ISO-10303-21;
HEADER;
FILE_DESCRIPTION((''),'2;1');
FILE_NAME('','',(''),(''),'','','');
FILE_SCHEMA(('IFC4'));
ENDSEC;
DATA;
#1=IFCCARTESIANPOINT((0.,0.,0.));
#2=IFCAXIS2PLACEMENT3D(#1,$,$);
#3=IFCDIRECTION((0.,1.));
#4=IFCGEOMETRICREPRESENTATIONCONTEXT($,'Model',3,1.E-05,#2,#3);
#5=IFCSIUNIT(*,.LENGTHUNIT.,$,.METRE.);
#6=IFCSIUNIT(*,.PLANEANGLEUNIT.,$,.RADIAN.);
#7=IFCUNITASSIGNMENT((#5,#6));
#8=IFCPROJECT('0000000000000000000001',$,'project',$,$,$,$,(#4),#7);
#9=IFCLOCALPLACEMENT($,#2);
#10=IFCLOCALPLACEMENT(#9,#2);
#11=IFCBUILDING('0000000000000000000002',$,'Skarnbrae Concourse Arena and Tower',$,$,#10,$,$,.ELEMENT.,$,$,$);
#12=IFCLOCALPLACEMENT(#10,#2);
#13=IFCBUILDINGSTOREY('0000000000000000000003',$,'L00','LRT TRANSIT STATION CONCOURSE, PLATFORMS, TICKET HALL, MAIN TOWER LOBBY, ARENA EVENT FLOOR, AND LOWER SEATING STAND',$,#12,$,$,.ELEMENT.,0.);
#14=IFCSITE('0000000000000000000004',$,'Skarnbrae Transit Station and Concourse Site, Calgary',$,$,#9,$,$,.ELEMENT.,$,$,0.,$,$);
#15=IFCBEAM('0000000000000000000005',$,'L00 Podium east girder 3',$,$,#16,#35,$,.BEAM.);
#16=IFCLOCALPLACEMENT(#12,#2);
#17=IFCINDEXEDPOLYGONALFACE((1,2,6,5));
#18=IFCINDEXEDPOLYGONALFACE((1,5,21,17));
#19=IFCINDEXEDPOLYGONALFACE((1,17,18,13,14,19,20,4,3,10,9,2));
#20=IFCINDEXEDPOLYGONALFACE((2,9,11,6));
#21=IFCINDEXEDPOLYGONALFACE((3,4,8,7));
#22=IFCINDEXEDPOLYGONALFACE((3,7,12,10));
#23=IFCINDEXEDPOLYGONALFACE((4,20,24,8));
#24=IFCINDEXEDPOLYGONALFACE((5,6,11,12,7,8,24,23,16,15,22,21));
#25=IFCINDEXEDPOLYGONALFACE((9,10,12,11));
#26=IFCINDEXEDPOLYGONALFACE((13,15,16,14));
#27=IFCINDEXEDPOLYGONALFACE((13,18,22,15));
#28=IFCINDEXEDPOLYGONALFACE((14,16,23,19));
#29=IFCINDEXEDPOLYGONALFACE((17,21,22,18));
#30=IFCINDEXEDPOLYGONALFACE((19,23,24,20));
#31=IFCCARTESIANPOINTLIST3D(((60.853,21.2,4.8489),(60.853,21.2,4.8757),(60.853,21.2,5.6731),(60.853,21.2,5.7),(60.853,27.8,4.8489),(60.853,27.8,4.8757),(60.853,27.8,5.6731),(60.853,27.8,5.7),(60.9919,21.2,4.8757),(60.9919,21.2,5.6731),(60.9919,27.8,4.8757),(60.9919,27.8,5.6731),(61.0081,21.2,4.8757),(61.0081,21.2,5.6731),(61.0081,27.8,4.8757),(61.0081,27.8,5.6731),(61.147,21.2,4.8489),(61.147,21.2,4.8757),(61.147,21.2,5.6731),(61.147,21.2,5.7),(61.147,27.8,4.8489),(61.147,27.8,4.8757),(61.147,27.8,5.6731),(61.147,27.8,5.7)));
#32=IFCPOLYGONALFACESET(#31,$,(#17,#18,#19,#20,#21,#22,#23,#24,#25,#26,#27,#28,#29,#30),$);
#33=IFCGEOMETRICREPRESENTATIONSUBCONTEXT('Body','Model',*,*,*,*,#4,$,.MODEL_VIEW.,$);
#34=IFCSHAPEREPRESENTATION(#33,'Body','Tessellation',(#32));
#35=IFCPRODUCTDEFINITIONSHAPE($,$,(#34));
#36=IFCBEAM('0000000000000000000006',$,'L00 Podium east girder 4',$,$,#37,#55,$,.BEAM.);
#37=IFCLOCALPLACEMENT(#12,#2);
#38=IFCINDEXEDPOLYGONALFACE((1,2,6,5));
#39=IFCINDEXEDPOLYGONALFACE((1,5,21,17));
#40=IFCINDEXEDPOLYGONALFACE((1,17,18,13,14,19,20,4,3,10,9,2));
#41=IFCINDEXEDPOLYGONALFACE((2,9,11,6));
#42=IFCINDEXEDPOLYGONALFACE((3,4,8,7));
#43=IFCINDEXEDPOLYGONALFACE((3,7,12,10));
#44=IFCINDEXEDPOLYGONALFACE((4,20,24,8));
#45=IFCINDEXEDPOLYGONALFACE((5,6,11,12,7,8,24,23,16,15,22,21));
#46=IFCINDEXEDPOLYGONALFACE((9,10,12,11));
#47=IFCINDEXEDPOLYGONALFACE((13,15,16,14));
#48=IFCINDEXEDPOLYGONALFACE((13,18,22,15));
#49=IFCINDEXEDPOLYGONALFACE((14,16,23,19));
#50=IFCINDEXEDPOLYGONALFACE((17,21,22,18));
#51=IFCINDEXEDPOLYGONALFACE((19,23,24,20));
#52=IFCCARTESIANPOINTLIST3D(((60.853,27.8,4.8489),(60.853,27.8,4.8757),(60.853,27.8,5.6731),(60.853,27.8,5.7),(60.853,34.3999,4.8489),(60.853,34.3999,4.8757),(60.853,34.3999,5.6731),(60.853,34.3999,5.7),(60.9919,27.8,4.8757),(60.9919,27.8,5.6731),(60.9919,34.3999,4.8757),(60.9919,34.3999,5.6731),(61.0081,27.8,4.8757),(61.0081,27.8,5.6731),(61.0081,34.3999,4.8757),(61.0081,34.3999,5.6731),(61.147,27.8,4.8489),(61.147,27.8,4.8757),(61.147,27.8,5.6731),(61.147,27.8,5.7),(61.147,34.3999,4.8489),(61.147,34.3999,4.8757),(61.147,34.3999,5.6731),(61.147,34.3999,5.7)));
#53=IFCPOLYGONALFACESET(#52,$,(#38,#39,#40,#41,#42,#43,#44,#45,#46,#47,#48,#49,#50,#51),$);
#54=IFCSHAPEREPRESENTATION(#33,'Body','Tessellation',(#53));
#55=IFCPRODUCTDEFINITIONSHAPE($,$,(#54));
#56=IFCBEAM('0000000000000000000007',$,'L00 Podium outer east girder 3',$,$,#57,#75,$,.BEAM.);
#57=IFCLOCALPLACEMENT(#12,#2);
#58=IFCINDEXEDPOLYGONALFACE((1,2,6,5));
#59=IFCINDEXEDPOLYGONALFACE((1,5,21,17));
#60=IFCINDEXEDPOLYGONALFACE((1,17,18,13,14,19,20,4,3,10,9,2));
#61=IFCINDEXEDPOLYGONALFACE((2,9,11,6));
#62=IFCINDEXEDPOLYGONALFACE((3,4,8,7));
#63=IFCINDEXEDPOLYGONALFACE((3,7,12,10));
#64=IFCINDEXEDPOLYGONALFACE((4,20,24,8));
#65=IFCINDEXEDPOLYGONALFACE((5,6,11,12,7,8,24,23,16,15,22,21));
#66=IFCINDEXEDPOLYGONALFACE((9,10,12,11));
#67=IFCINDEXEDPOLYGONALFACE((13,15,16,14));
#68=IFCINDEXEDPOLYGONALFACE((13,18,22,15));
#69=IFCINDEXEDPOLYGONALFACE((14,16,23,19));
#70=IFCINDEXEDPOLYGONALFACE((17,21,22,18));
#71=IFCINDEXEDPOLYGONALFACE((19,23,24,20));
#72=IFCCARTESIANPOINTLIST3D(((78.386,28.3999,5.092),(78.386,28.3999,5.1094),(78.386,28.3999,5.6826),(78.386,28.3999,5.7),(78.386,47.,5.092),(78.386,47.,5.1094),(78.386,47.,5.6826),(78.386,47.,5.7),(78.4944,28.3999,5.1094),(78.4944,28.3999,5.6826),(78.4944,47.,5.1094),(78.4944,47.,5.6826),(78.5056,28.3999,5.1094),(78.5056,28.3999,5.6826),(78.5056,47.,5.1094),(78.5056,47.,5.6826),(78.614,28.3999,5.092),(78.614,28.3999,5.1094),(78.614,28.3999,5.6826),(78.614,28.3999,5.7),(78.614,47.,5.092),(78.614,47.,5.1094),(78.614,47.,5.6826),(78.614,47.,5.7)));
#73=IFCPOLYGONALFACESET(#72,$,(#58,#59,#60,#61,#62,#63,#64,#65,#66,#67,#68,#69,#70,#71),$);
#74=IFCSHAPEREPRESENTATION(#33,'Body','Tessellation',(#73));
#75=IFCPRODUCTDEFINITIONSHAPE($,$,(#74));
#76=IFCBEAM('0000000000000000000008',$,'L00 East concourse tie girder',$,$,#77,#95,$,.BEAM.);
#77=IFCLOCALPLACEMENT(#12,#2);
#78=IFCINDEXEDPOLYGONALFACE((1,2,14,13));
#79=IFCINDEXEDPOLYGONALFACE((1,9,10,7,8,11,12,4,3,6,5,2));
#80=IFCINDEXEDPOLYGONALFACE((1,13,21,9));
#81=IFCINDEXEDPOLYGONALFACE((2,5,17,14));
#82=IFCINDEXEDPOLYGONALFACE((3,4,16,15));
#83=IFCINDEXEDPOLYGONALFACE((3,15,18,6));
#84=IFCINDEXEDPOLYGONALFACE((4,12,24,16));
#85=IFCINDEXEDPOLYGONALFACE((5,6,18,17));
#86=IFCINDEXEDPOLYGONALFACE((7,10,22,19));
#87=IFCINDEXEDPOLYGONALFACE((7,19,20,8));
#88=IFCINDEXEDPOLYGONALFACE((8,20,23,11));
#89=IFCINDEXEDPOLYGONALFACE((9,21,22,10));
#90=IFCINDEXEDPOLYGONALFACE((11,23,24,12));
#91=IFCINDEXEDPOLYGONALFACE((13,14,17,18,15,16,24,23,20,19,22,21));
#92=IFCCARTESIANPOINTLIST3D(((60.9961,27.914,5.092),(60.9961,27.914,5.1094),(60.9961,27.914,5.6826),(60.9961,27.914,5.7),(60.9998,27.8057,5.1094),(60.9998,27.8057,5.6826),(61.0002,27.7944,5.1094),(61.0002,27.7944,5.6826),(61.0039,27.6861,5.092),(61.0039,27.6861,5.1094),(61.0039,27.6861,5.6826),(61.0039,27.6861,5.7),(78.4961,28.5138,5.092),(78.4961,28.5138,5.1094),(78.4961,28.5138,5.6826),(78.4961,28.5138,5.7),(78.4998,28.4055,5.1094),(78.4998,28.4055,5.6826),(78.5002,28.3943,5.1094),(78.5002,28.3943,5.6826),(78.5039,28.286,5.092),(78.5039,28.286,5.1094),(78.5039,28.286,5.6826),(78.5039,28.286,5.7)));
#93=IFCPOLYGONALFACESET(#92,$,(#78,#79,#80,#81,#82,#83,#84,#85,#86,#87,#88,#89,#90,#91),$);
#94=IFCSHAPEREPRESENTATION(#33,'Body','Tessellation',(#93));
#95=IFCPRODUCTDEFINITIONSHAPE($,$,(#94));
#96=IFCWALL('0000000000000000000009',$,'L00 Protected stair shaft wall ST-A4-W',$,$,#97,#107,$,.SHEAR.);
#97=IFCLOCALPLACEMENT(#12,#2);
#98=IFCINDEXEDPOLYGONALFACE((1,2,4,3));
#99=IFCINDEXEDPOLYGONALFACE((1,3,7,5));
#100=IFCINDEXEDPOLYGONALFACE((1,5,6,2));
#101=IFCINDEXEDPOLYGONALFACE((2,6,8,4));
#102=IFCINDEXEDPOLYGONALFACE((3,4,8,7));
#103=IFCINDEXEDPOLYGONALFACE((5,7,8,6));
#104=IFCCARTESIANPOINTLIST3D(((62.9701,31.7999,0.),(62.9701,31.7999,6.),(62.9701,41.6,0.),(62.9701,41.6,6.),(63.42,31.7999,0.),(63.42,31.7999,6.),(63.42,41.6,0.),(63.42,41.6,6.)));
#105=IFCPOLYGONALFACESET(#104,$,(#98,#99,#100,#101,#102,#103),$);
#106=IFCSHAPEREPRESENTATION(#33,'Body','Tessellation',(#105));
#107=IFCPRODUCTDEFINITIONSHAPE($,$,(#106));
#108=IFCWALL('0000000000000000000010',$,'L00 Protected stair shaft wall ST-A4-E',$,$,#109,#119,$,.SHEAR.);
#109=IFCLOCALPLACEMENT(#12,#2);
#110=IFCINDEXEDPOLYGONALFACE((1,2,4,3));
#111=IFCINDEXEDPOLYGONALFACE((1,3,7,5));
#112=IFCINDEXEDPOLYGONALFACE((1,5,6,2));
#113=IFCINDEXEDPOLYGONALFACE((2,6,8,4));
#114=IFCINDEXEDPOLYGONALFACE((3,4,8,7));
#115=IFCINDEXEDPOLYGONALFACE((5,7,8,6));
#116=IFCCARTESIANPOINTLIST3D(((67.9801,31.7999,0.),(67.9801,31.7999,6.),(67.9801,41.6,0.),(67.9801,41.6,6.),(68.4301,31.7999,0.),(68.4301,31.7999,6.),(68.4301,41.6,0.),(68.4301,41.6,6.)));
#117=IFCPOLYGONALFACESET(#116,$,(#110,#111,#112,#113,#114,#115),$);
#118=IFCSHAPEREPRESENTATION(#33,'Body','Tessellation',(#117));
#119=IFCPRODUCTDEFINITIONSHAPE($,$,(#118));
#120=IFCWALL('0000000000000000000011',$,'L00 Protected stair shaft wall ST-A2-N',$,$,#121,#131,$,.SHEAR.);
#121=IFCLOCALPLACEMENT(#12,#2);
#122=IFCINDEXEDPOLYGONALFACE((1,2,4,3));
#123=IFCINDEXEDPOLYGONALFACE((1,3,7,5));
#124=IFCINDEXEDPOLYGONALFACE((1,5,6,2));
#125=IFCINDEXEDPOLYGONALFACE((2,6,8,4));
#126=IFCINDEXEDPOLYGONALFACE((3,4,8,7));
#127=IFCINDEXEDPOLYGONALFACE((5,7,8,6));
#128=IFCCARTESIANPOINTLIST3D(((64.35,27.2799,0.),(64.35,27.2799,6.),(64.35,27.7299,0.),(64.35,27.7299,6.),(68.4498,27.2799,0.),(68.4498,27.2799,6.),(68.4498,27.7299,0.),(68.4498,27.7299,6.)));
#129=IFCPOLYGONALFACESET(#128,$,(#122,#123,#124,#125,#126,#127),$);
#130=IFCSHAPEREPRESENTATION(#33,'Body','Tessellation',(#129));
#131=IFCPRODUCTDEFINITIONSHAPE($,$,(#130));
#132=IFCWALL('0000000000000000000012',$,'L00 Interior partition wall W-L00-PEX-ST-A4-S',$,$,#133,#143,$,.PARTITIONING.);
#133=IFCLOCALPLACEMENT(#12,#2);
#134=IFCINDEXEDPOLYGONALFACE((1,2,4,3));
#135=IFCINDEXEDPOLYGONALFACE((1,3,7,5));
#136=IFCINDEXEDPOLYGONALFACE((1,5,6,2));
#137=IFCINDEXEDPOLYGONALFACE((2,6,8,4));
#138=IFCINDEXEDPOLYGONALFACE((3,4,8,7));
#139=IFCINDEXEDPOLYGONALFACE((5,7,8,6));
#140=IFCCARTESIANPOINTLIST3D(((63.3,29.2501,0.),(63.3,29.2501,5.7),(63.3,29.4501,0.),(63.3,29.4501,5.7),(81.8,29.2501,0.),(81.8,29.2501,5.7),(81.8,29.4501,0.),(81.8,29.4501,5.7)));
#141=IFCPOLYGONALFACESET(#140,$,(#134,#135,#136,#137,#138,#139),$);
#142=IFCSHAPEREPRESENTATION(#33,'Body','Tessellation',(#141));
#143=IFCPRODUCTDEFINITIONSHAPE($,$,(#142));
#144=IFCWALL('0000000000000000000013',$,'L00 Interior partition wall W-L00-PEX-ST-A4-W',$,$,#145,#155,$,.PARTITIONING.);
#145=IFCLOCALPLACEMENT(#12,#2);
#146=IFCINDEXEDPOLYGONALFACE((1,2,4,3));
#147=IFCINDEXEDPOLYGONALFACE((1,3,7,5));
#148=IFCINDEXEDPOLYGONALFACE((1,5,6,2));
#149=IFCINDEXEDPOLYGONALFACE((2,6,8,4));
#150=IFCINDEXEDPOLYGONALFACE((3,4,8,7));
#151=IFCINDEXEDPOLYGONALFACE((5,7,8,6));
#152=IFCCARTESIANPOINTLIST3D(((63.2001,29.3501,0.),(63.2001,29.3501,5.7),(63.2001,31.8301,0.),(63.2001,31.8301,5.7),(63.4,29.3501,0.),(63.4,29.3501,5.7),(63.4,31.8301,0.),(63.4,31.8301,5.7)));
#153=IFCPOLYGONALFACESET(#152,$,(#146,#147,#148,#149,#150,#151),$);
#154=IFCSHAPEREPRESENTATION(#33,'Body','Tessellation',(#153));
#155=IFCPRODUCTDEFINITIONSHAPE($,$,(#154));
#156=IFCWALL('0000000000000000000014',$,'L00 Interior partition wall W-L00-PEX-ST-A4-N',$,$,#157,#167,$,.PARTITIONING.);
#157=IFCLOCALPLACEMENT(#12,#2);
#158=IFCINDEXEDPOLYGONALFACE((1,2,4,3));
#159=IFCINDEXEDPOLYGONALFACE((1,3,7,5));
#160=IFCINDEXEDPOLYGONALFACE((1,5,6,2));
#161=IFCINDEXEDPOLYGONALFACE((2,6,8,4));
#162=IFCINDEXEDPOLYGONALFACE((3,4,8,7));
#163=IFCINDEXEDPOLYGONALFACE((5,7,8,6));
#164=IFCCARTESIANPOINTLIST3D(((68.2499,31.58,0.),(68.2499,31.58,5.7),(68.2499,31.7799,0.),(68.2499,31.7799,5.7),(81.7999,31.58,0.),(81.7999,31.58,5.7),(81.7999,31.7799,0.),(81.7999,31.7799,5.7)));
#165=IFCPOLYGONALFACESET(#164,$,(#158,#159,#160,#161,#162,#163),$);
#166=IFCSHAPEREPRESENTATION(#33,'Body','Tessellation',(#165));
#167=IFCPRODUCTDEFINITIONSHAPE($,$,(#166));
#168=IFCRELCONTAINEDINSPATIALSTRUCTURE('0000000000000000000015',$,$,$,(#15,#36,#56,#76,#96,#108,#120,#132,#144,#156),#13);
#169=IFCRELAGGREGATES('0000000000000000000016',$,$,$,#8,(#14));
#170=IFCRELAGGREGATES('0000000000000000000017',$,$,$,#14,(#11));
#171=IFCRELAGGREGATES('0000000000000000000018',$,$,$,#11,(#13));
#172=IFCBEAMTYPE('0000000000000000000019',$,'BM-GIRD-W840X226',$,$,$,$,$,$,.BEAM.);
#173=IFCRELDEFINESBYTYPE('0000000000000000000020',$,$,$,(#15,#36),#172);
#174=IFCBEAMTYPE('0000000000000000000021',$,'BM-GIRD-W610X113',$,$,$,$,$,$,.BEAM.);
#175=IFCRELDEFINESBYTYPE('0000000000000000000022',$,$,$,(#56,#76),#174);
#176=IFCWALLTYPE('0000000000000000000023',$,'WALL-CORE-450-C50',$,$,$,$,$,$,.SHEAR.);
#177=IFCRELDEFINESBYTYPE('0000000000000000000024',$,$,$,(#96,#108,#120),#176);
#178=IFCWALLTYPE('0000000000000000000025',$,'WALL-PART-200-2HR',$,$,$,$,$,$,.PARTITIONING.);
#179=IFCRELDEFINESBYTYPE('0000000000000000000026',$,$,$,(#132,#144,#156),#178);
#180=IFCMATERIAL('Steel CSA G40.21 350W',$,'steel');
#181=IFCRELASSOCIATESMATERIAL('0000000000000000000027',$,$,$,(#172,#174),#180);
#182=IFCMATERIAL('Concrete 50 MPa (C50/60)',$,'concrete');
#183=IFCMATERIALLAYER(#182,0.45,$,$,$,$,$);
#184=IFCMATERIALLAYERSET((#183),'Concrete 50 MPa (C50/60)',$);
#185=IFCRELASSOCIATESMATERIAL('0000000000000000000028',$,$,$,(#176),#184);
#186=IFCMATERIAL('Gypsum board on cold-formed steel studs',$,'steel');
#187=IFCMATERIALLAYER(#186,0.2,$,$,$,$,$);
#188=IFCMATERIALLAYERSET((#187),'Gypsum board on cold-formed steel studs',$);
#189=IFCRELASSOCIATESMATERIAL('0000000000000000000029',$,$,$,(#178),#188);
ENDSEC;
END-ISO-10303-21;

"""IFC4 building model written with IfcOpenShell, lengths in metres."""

from ifc_helpers import new_model, si_unit, direction, frame, frame_2d, origin, origin_2d, place, context, subcontext, project, spatial, rectangle, i_section, extrude, source, transform, mapped, material, layer, layer_set, material_profile, profile_set, type_object, element, save


model = new_model("IFC4")

# Units and contexts
model_context = context("Model", 3, precision=1e-05, world=origin(), true_north=direction((0.0, 1.0)))
body_context = subcontext(model_context, "Body", "Model", "MODEL_VIEW")
ifc_project = project(units=[si_unit("LENGTHUNIT", "METRE"), si_unit("PLANEANGLEUNIT", "RADIAN")], contexts=[model_context])

# Site, building, storey
site_placement = place(None, origin())
site = spatial("IfcSite", under=ifc_project, at=site_placement, Name="Skarnbrae Transit Station and Concourse Site, Calgary", CompositionType="ELEMENT", RefElevation=0.0)
building_placement = place(site_placement, origin())
building = spatial("IfcBuilding", under=site, at=building_placement, Name="Skarnbrae Concourse Arena and Tower", CompositionType="ELEMENT")
storey_placement = place(building_placement, origin())
storey = spatial("IfcBuildingStorey", under=building, at=storey_placement, Name="L00", Description="LRT TRANSIT STATION CONCOURSE, PLATFORMS, TICKET HALL, MAIN TOWER LOBBY, ARENA EVENT FLOOR, AND LOWER SEATING STAND", CompositionType="ELEMENT", Elevation=0.0)

# Shared definitions
ifc_material_1 = material(Name="Steel CSA G40.21 350W", Category="steel")

# Beams
ifc_material_profile_1 = material_profile(ifc_material_1, i_section(OverallWidth=0.2939, OverallDepth=0.8511, WebThickness=0.0161, FlangeThickness=0.0269, at=origin_2d()), Name="W840X226")
ifc_profile_set_1 = profile_set([ifc_material_profile_1], Name="Steel CSA G40.21 350W")
beam_type_1 = type_object("IfcBeamType", Name="BM-GIRD-W840X226", PredefinedType="BEAM", material=ifc_profile_set_1)
shared_shape_1 = source(origin(), body_context, "Body", "SweptSolid", [
    extrude(i_section(OverallWidth=0.2939, OverallDepth=0.8511, WebThickness=0.0161, FlangeThickness=0.0269, at=origin_2d()), origin(), (0.0, 0.0, 1.0), 6.6001),
])
beam_1_placement = place(storey_placement, frame((61.0, 21.2, 5.2744), z_axis=(0.0, 1.0, 0.0), x_axis=(-1.0, 0.0, 0.0)))
element("IfcBeam", 1, at=beam_1_placement, inside=storey, type_object=beam_type_1, Name="L00 Podium east girder 3", PredefinedType="BEAM", context=body_context, shape_type="MappedRepresentation", body=[
    mapped(shared_shape_1, transform((0.0, 0.0, 0.0))),
])
shared_shape_2 = source(origin(), body_context, "Body", "SweptSolid", [
    extrude(i_section(OverallWidth=0.2939, OverallDepth=0.8511, WebThickness=0.0161, FlangeThickness=0.0269, at=origin_2d()), origin(), (0.0, 0.0, 1.0), 6.5999),
])
beam_2_placement = place(storey_placement, frame((61.0, 27.8, 5.2744), z_axis=(0.0, 1.0, 0.0), x_axis=(-1.0, 0.0, 0.0)))
element("IfcBeam", 2, at=beam_2_placement, inside=storey, type_object=beam_type_1, Name="L00 Podium east girder 4", PredefinedType="BEAM", context=body_context, shape_type="MappedRepresentation", body=[
    mapped(shared_shape_2, transform((0.0, 0.0, 0.0))),
])
ifc_material_profile_2 = material_profile(ifc_material_1, i_section(OverallWidth=0.228, OverallDepth=0.6079, WebThickness=0.0112, FlangeThickness=0.0173, at=origin_2d()), Name="W610X113")
ifc_profile_set_2 = profile_set([ifc_material_profile_2], Name="Steel CSA G40.21 350W")
beam_type_2 = type_object("IfcBeamType", Name="BM-GIRD-W610X113", PredefinedType="BEAM", material=ifc_profile_set_2)
shared_shape_3 = source(origin(), body_context, "Body", "SweptSolid", [
    extrude(i_section(OverallWidth=0.228, OverallDepth=0.6079, WebThickness=0.0112, FlangeThickness=0.0173, at=origin_2d()), origin(), (0.0, 0.0, 1.0), 18.6001),
])
beam_3_placement = place(storey_placement, frame((78.5, 28.3999, 5.396), z_axis=(0.0, 1.0, 0.0), x_axis=(-1.0, 0.0, 0.0)))
element("IfcBeam", 3, at=beam_3_placement, inside=storey, type_object=beam_type_2, Name="L00 Podium outer east girder 3", PredefinedType="BEAM", context=body_context, shape_type="MappedRepresentation", body=[
    mapped(shared_shape_3, transform((0.0, 0.0, 0.0))),
])
shared_shape_4 = source(origin(), body_context, "Body", "SweptSolid", [
    extrude(i_section(OverallWidth=0.228, OverallDepth=0.6079, WebThickness=0.0112, FlangeThickness=0.0173, at=origin_2d()), origin(), (0.0, 0.0, 1.0), 17.5103),
])
beam_4_placement = place(storey_placement, frame((61.0, 27.8, 5.396), z_axis=(0.999413, 0.034257, 0.0), x_axis=(-0.034257, 0.999413, 0.0)))
element("IfcBeam", 4, at=beam_4_placement, inside=storey, type_object=beam_type_2, Name="L00 East concourse tie girder", PredefinedType="BEAM", context=body_context, shape_type="MappedRepresentation", body=[
    mapped(shared_shape_4, transform((0.0, 0.0, 0.0))),
])

# Walls
ifc_material_2 = material(Name="Concrete 50 MPa (C50/60)", Category="concrete")
ifc_layer_1 = layer(ifc_material_2, 0.45)
ifc_layer_set_1 = layer_set([ifc_layer_1], Name="Concrete 50 MPa (C50/60)")
wall_type_1 = type_object("IfcWallType", Name="WALL-CORE-450-C50", PredefinedType="SHEAR", material=ifc_layer_set_1)
shared_shape_5 = source(origin(), body_context, "Body", "SweptSolid", [
    extrude(rectangle(XDim=9.8, YDim=0.45, at=frame_2d((4.8999, 0.0))), origin(), (0.0, 0.0, 1.0), 6.0),
])
for number, where, z_axis, x_axis, name in (
    (5, (63.1951, 31.8, 0.0), (0.0, 0.0, 1.0), (0.0, 1.0, 0.0), "L00 Protected stair shaft wall ST-A4-W"),
    (6, (68.2051, 31.8, 0.0), (0.0, 0.0, 1.0), (0.0, 1.0, 0.0), "L00 Protected stair shaft wall ST-A4-E"),
):
    element("IfcWall", number, at=place(storey_placement, frame(where, z_axis=z_axis, x_axis=x_axis)), inside=storey, type_object=wall_type_1, Name=name, PredefinedType="SHEAR", context=body_context, shape_type="MappedRepresentation", body=[
        mapped(shared_shape_5, transform((0.0, 0.0, 0.0))),
    ])
shared_shape_6 = source(origin(), body_context, "Body", "SweptSolid", [
    extrude(rectangle(XDim=4.0999, YDim=0.45, at=frame_2d((2.0498, 0.0))), origin(), (0.0, 0.0, 1.0), 6.0),
])
wall_1_placement = place(storey_placement, frame((64.3501, 27.5049, 0.0), z_axis=(0.0, 0.0, 1.0), x_axis=(1.0, 0.0, 0.0)))
element("IfcWall", 7, at=wall_1_placement, inside=storey, type_object=wall_type_1, Name="L00 Protected stair shaft wall ST-A2-N", PredefinedType="SHEAR", context=body_context, shape_type="MappedRepresentation", body=[
    mapped(shared_shape_6, transform((0.0, 0.0, 0.0))),
])

# Walls
ifc_material_3 = material(Name="Gypsum board on cold-formed steel studs", Category="steel")
ifc_layer_2 = layer(ifc_material_3, 0.2)
ifc_layer_set_2 = layer_set([ifc_layer_2], Name="Gypsum board on cold-formed steel studs")
wall_type_2 = type_object("IfcWallType", Name="WALL-PART-200-2HR", PredefinedType="PARTITIONING", material=ifc_layer_set_2)
shared_shape_7 = source(origin(), body_context, "Body", "SweptSolid", [
    extrude(rectangle(XDim=18.5, YDim=0.2, at=frame_2d((9.25, 0.0))), origin(), (0.0, 0.0, 1.0), 5.7),
])
wall_2_placement = place(storey_placement, frame((63.3, 29.3501, 0.0), z_axis=(0.0, 0.0, 1.0), x_axis=(1.0, 0.0, 0.0)))
element("IfcWall", 8, at=wall_2_placement, inside=storey, type_object=wall_type_2, Name="L00 Interior partition wall W-L00-PEX-ST-A4-S", PredefinedType="PARTITIONING", context=body_context, shape_type="MappedRepresentation", body=[
    mapped(shared_shape_7, transform((0.0, 0.0, 0.0))),
])
shared_shape_8 = source(origin(), body_context, "Body", "SweptSolid", [
    extrude(rectangle(XDim=2.48, YDim=0.2, at=frame_2d((1.24, 0.0))), origin(), (0.0, 0.0, 1.0), 5.7),
])
wall_3_placement = place(storey_placement, frame((63.3, 29.3501, 0.0), z_axis=(0.0, 0.0, 1.0), x_axis=(0.0, 1.0, 0.0)))
element("IfcWall", 9, at=wall_3_placement, inside=storey, type_object=wall_type_2, Name="L00 Interior partition wall W-L00-PEX-ST-A4-W", PredefinedType="PARTITIONING", context=body_context, shape_type="MappedRepresentation", body=[
    mapped(shared_shape_8, transform((0.0, 0.0, 0.0))),
])
shared_shape_9 = source(origin(), body_context, "Body", "SweptSolid", [
    extrude(rectangle(XDim=13.55, YDim=0.2, at=frame_2d((6.7749, 0.0))), origin(), (0.0, 0.0, 1.0), 5.7),
])
wall_4_placement = place(storey_placement, frame((68.25, 31.6799, 0.0), z_axis=(0.0, 0.0, 1.0), x_axis=(1.0, 0.0, 0.0)))
element("IfcWall", 10, at=wall_4_placement, inside=storey, type_object=wall_type_2, Name="L00 Interior partition wall W-L00-PEX-ST-A4-N", PredefinedType="PARTITIONING", context=body_context, shape_type="MappedRepresentation", body=[
    mapped(shared_shape_9, transform((0.0, 0.0, 0.0))),
])

save(model, "model.ifc")
